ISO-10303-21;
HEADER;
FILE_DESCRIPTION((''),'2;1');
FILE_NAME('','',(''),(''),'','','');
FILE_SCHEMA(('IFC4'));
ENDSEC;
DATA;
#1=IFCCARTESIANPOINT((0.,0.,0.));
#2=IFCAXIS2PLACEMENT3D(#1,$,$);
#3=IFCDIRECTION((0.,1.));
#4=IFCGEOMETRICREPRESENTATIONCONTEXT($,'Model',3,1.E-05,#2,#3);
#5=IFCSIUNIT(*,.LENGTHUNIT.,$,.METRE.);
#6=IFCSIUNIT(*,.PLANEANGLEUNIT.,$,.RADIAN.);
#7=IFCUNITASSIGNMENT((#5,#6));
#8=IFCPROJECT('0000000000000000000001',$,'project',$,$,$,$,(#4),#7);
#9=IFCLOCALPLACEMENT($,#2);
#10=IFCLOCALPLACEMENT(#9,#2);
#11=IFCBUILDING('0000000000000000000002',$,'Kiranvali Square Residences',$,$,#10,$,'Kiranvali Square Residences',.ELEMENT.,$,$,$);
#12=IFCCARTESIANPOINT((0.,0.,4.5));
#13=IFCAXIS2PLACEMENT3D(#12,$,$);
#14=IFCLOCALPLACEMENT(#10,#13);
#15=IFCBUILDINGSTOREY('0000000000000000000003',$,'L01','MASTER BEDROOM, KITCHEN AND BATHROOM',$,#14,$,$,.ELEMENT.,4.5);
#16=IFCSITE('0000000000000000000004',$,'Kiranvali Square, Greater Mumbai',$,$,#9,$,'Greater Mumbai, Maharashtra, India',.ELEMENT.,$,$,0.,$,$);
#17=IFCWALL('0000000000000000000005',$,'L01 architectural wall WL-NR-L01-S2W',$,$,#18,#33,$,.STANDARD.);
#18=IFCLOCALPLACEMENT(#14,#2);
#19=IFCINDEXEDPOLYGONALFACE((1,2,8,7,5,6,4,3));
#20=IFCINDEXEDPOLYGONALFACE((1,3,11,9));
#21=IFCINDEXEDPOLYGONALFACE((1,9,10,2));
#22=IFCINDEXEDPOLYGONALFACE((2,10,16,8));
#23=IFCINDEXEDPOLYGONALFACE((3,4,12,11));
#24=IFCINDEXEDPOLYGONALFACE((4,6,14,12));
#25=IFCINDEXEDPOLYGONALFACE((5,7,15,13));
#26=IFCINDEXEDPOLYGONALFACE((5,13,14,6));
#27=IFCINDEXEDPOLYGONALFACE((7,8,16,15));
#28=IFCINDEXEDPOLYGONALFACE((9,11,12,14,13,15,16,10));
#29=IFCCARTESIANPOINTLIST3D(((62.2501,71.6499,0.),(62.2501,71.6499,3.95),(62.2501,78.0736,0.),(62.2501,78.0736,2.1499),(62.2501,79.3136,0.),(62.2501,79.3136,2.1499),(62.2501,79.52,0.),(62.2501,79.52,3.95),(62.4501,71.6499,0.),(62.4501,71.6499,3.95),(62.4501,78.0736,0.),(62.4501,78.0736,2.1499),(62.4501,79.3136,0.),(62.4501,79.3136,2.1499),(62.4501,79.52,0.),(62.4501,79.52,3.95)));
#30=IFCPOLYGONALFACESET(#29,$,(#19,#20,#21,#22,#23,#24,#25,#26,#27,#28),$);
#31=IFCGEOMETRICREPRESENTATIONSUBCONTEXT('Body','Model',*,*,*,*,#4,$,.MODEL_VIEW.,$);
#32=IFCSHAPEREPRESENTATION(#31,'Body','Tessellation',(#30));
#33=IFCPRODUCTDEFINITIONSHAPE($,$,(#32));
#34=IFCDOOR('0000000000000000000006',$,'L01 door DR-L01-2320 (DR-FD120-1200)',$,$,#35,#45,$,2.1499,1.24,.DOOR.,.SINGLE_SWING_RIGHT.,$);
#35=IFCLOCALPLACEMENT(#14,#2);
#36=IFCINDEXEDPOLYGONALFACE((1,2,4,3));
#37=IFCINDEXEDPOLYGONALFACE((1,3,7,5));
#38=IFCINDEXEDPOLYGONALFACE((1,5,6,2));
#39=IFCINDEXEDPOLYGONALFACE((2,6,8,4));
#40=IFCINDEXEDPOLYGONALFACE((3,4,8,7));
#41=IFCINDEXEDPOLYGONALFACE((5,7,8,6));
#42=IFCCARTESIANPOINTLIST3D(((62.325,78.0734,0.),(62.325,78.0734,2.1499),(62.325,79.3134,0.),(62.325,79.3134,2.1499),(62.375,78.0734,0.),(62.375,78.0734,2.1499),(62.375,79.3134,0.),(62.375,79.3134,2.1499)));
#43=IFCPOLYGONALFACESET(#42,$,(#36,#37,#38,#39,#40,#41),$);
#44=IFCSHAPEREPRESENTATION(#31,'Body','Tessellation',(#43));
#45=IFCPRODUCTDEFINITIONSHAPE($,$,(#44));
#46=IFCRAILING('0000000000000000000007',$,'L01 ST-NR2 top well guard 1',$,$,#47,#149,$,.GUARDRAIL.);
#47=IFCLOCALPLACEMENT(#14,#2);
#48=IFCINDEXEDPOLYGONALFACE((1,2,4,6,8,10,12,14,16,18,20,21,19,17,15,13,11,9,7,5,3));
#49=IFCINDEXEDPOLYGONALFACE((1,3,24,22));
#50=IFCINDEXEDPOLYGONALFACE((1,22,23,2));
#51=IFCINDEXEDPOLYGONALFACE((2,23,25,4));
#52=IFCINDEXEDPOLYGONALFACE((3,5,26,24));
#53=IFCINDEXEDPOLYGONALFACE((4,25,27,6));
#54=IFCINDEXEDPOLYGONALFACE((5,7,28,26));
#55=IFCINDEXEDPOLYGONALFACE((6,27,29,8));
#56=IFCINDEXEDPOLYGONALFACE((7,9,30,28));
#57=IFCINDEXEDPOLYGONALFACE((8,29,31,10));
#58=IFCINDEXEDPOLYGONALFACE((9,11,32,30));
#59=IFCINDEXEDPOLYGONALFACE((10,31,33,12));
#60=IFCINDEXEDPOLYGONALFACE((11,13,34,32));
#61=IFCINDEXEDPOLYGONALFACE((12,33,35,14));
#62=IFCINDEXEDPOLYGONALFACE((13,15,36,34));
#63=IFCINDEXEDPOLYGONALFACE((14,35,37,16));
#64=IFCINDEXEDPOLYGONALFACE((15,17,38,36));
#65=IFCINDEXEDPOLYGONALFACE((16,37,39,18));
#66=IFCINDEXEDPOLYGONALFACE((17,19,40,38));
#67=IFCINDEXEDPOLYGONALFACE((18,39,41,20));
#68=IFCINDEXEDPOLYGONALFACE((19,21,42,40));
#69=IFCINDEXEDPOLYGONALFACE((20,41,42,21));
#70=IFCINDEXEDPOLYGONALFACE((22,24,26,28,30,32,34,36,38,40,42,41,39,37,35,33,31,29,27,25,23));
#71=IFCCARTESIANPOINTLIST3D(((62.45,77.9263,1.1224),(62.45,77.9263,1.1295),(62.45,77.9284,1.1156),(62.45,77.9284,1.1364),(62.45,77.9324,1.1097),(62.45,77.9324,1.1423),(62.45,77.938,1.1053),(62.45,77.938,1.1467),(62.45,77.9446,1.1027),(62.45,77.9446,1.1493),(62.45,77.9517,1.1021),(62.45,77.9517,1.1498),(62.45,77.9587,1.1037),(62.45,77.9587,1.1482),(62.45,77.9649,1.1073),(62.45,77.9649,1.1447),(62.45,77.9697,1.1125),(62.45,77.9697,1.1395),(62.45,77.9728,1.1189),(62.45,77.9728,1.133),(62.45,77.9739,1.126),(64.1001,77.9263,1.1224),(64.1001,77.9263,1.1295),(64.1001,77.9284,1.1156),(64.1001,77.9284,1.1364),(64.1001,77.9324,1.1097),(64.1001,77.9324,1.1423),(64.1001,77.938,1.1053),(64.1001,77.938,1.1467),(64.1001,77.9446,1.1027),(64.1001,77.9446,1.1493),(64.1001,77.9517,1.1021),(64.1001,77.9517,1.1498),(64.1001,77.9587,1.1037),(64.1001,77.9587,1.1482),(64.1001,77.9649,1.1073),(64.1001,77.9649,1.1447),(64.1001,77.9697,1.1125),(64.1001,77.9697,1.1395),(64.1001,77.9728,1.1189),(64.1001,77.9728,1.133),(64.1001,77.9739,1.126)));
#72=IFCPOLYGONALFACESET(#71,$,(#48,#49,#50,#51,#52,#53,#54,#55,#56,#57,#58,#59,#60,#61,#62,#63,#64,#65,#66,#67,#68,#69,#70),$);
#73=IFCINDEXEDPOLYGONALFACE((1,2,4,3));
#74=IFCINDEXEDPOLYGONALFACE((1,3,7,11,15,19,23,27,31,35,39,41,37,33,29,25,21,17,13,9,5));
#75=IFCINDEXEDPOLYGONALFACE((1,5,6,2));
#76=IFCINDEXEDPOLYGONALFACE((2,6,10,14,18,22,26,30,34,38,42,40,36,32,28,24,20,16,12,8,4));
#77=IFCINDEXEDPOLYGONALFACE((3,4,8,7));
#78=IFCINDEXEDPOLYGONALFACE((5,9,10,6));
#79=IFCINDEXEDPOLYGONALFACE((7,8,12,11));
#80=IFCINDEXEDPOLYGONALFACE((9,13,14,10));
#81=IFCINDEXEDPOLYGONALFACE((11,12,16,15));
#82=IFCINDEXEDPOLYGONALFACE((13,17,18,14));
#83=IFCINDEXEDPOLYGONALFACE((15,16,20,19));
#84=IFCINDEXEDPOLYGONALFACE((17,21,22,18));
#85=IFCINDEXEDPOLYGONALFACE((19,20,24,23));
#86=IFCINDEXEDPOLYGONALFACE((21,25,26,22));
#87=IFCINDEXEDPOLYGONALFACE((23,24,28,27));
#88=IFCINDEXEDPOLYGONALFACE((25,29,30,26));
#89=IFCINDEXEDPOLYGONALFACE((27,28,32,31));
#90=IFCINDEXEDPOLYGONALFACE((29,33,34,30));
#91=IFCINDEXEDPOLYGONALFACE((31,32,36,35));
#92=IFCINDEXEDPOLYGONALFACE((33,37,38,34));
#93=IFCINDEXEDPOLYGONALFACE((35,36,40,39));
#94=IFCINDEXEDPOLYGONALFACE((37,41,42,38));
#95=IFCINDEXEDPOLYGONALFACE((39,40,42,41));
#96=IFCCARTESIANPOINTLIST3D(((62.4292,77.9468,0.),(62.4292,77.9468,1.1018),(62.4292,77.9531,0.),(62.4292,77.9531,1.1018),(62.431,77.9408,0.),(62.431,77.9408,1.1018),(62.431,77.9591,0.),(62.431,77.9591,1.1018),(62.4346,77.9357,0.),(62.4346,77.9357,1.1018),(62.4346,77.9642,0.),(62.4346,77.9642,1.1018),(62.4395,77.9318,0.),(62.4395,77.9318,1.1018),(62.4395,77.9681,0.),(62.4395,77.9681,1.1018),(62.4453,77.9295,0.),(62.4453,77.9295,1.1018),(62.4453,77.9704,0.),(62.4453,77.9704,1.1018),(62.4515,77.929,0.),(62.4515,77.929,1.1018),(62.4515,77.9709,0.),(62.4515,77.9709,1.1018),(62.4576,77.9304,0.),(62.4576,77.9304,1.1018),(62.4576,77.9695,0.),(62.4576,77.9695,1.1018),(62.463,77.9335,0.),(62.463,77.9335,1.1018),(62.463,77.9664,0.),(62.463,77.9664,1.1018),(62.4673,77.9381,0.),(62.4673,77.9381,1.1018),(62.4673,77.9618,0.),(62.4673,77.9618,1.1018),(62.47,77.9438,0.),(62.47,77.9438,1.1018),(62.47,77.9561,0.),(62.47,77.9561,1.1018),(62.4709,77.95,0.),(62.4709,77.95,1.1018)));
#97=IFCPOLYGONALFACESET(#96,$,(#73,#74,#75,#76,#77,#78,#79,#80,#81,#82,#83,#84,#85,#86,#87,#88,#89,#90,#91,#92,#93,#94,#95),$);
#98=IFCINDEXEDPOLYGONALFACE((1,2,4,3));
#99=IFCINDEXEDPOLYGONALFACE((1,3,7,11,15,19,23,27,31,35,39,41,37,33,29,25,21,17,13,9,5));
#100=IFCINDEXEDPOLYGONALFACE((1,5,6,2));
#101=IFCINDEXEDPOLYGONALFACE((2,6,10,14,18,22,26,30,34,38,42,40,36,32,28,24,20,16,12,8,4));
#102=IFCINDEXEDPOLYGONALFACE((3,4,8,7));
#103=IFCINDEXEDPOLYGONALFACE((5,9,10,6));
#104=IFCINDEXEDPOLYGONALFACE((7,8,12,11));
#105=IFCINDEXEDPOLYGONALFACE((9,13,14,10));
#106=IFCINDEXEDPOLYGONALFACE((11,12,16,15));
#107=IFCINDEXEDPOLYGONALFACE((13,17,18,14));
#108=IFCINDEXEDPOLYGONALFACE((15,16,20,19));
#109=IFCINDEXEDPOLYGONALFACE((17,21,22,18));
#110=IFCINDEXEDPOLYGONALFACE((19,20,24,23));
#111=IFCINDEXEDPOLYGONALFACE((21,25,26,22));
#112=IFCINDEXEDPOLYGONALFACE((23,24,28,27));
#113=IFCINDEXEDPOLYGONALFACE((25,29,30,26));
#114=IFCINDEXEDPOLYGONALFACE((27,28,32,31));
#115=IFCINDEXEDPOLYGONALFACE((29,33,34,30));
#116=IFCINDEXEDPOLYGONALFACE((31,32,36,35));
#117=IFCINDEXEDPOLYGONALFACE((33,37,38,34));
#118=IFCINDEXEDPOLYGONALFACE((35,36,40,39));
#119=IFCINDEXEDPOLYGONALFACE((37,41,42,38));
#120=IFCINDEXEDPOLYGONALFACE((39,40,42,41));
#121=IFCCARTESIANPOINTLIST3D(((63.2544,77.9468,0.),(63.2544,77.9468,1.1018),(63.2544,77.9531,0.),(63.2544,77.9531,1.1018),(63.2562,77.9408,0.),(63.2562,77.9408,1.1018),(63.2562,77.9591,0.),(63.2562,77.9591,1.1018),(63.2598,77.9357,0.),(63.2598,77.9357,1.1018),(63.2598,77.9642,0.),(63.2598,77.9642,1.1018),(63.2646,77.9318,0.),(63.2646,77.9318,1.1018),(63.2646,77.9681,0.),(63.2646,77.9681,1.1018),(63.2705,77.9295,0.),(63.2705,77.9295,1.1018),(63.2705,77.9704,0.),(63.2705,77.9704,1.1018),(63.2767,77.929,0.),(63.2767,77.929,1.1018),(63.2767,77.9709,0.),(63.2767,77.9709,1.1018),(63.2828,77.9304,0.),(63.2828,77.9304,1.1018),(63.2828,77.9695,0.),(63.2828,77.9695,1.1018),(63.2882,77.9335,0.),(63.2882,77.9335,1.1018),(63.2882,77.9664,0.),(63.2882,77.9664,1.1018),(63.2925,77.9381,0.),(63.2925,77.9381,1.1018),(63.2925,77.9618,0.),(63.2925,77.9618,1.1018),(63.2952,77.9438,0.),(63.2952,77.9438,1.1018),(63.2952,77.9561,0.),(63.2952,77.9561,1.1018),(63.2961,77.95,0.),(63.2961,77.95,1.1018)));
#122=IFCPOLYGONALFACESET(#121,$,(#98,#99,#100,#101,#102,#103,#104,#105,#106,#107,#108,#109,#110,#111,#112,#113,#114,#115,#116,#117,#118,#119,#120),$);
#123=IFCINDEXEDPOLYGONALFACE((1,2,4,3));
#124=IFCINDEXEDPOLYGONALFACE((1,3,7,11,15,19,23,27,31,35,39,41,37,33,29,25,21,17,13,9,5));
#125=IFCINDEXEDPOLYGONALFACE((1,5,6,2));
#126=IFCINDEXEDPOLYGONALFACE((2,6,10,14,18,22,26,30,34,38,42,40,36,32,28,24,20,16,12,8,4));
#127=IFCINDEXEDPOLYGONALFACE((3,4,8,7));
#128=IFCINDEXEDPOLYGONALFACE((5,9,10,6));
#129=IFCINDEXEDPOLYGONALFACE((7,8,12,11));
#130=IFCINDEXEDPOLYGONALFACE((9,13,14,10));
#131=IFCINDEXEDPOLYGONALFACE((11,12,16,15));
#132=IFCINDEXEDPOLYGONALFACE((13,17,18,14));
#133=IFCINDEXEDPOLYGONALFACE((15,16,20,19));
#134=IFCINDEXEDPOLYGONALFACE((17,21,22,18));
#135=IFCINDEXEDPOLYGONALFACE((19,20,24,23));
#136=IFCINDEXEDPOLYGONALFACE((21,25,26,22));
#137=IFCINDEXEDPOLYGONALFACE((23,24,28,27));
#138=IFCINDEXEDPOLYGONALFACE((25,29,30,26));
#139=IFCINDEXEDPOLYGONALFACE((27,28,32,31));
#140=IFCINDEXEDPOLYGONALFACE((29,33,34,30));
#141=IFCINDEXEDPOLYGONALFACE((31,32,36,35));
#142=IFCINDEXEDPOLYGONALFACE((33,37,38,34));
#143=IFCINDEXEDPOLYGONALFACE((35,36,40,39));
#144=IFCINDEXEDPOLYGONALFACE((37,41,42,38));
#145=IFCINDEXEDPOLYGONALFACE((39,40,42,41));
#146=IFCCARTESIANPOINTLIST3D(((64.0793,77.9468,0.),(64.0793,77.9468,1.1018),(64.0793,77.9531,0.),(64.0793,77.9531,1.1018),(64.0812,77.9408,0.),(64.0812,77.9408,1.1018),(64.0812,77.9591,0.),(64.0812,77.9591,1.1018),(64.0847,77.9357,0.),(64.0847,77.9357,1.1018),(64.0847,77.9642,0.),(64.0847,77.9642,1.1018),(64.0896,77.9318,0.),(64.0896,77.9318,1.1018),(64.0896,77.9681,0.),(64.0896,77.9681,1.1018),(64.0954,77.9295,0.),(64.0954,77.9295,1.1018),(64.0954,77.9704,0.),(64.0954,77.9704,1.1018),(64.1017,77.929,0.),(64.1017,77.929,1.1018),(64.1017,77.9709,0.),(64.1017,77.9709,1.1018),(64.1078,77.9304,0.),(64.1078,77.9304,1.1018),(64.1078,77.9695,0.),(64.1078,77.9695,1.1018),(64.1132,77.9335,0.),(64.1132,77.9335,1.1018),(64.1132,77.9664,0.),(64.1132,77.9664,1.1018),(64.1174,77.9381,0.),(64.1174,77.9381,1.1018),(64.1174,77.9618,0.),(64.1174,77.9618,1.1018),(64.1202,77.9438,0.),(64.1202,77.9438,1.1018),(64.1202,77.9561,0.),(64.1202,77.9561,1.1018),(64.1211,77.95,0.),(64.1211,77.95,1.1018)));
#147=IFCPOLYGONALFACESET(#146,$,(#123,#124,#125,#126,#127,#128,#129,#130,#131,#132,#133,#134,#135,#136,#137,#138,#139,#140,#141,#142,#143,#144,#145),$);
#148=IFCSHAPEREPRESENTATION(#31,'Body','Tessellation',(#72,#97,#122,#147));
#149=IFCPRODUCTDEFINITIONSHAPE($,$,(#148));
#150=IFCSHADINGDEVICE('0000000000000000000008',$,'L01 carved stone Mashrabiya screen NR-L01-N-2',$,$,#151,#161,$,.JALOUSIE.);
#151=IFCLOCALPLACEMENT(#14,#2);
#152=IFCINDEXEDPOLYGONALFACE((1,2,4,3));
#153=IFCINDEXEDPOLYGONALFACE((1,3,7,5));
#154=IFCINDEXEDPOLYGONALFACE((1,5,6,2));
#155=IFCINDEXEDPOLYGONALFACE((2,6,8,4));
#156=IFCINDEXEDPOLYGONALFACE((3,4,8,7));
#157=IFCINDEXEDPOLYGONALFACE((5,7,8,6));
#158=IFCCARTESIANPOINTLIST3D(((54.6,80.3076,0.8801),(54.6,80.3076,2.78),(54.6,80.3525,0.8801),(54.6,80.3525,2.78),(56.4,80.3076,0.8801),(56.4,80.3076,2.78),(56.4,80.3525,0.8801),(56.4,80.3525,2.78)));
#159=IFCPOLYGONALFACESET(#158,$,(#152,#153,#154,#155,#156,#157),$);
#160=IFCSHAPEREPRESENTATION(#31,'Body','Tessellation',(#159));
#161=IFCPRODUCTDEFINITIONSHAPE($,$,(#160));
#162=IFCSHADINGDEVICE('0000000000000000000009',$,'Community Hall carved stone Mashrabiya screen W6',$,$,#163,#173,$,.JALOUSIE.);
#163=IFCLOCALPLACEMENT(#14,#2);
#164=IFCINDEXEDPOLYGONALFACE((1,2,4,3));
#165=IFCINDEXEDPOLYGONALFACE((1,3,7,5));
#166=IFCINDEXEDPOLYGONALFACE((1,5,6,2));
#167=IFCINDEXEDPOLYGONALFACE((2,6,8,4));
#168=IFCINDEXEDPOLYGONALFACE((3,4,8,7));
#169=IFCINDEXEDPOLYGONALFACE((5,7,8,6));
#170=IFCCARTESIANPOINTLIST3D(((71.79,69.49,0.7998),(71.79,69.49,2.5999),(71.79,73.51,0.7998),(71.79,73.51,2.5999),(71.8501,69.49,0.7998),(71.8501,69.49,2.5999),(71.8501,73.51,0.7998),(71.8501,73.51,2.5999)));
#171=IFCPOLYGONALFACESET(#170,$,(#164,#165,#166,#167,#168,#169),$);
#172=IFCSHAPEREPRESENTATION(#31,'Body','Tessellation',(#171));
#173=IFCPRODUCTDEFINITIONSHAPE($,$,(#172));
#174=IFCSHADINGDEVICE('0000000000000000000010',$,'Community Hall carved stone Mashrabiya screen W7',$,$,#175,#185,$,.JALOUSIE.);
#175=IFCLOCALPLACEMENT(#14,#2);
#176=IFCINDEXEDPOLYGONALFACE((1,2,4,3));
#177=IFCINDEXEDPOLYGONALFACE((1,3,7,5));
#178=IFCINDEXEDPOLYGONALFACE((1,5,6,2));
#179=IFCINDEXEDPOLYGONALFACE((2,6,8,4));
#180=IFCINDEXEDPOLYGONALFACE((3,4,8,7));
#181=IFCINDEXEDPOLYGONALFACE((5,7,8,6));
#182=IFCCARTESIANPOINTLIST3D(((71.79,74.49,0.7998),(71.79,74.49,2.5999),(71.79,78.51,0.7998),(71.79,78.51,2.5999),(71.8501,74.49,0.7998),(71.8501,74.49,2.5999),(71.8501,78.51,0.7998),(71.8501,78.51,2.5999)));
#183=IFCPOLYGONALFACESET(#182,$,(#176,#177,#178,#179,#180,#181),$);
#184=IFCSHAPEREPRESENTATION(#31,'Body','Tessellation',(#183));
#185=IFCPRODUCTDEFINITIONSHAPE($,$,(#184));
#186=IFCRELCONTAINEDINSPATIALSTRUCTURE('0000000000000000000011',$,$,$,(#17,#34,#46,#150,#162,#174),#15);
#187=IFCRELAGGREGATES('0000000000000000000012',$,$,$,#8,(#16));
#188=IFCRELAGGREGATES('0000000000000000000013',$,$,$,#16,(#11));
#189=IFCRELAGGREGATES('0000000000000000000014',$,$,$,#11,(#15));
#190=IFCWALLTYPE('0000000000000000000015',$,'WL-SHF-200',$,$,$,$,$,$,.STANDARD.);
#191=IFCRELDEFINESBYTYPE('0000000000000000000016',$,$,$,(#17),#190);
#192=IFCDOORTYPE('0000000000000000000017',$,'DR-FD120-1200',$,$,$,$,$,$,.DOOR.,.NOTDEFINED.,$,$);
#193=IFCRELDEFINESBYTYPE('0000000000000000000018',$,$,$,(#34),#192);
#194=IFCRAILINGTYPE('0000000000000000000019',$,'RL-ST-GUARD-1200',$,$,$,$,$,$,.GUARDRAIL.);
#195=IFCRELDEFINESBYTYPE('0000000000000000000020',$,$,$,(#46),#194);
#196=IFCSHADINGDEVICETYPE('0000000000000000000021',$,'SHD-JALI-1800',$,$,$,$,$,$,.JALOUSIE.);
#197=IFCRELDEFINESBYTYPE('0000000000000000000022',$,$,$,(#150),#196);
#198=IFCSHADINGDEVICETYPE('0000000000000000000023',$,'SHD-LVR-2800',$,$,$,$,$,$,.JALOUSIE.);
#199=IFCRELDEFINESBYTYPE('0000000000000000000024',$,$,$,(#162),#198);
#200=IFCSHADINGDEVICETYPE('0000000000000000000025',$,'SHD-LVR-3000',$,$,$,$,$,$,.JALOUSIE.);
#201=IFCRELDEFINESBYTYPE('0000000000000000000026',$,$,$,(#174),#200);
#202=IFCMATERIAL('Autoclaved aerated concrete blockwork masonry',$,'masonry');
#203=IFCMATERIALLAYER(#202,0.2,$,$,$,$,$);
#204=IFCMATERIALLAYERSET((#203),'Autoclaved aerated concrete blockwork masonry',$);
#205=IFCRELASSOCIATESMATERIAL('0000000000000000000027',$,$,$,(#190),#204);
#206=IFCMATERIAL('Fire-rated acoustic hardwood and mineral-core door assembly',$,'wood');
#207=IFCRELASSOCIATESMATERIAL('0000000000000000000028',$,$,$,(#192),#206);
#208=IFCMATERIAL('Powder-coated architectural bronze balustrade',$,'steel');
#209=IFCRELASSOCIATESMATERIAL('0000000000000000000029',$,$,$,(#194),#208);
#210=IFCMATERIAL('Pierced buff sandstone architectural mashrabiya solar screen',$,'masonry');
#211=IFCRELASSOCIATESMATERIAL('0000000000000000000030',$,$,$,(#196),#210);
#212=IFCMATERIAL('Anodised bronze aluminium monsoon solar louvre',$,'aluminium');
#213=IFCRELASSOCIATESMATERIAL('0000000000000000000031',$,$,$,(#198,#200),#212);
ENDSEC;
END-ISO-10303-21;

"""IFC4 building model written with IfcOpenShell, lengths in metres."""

from ifc_helpers import new_model, si_unit, direction, frame, frame_2d, origin, origin_2d, place, context, subcontext, project, spatial, rectangle, circle, extrude, material, layer, layer_set, type_object, element, fill, save


model = new_model("IFC4")

# Units and contexts
model_context = context("Model", 3, precision=1e-05, world=origin(), true_north=direction((0.0, 1.0)))
body_context = subcontext(model_context, "Body", "Model", "MODEL_VIEW")
ifc_project = project(units=[si_unit("LENGTHUNIT", "METRE"), si_unit("PLANEANGLEUNIT", "RADIAN")], contexts=[model_context])

# Site, building, storey
site_placement = place(None, origin())
site = spatial("IfcSite", under=ifc_project, at=site_placement, Name="Kiranvali Square, Greater Mumbai", LongName="Greater Mumbai, Maharashtra, India", CompositionType="ELEMENT", RefElevation=0.0)
building_placement = place(site_placement, origin())
building = spatial("IfcBuilding", under=site, at=building_placement, Name="Kiranvali Square Residences", LongName="Kiranvali Square Residences", CompositionType="ELEMENT")
storey_placement = place(building_placement, frame((0.0, 0.0, 4.5)))
storey = spatial("IfcBuildingStorey", under=building, at=storey_placement, Name="L01", Description="MASTER BEDROOM, KITCHEN AND BATHROOM", CompositionType="ELEMENT", Elevation=4.5)

# Shared definitions
ifc_material_1 = material(Name="Autoclaved aerated concrete blockwork masonry", Category="masonry")
ifc_material_2 = material(Name="Fire-rated acoustic hardwood and mineral-core door assembly", Category="wood")

# Shared definitions
ifc_layer_1 = layer(ifc_material_1, 0.2)
ifc_layer_set_1 = layer_set([ifc_layer_1], Name="Autoclaved aerated concrete blockwork masonry")
wall_type_1 = type_object("IfcWallType", Name="WL-SHF-200", PredefinedType="STANDARD", material=ifc_layer_set_1)

# Wall, opening, door
wall_1_placement = place(storey_placement, frame((62.3501, 71.6499, 0.0), z_axis=(0.0, 0.0, 1.0), x_axis=(0.0, 1.0, 0.0)))
wall_1 = element("IfcWall", 1, at=wall_1_placement, inside=storey, type_object=wall_type_1, Name="L01 architectural wall WL-NR-L01-S2W", PredefinedType="STANDARD", context=body_context, shape_type="SweptSolid", body=[
    extrude(rectangle(XDim=7.8701, YDim=0.2, at=frame_2d((3.9351, 0.0))), origin(), (0.0, 0.0, 1.0), 3.95),
])
opening_1_placement = place(wall_1_placement, frame((6.4236, 0.0, 0.0)))
opening_1 = element("IfcOpeningElement", 2, at=opening_1_placement, cuts=wall_1, PredefinedType="OPENING", context=body_context, shape_type="SweptSolid", body=[
    extrude(rectangle(XDim=1.24, YDim=2.1499, at=frame_2d((0.6201, 1.075))), frame((0.0, 0.1099, 0.0), z_axis=(0.0, -1.0, 0.0), x_axis=(1.0, 0.0, 0.0)), (0.0, 0.0, 1.0), 0.22),
])
door_type_1 = type_object("IfcDoorType", Name="DR-FD120-1200", OperationType="NOTDEFINED", PredefinedType="DOOR", material=ifc_material_2)
door_1_placement = place(opening_1_placement, frame((1.24, 0.0, 0.0), z_axis=(0.0, 0.0, 1.0), x_axis=(-1.0, 0.0, 0.0)))
door_1 = element("IfcDoor", 3, at=door_1_placement, inside=storey, type_object=door_type_1, Name="L01 door DR-L01-2320 (DR-FD120-1200)", OperationType="SINGLE_SWING_RIGHT", OverallHeight=2.1499, OverallWidth=1.24, PredefinedType="DOOR", context=body_context, shape_type="SweptSolid", body=[
    extrude(rectangle(XDim=1.24, YDim=2.1499, at=frame_2d((0.6201, 1.075))), frame((0.0, 0.0249, 0.0), z_axis=(0.0, -1.0, 0.0), x_axis=(1.0, 0.0, 0.0)), (0.0, 0.0, 1.0), 0.05),
])
fill(opening_1, door_1)

# Railing
ifc_material_3 = material(Name="Powder-coated architectural bronze balustrade", Category="steel")
railing_type = type_object("IfcRailingType", Name="RL-ST-GUARD-1200", PredefinedType="GUARDRAIL", material=ifc_material_3)
railing_placement = place(storey_placement, frame((62.45, 77.95, 0.0)))
element("IfcRailing", 4, at=railing_placement, inside=storey, type_object=railing_type, Name="L01 ST-NR2 top well guard 1", PredefinedType="GUARDRAIL", context=body_context, shape_type="SweptSolid", body=[
    extrude(circle(Radius=0.0239, at=origin_2d()), frame((0.0, 0.0, 1.126), z_axis=(1.0, 0.0, 0.0), x_axis=(0.0, 1.0, 0.0)), (0.0, 0.0, 1.0), 1.6501),
    extrude(circle(Radius=0.021, at=origin_2d()), origin(), (0.0, 0.0, 1.0), 1.1018),
    extrude(circle(Radius=0.021, at=origin_2d()), frame((0.8252, 0.0, 0.0)), (0.0, 0.0, 1.0), 1.1018),
    extrude(circle(Radius=0.021, at=origin_2d()), frame((1.6501, 0.0, 0.0)), (0.0, 0.0, 1.0), 1.1018),
])

# Shading devices
ifc_material_4 = material(Name="Pierced buff sandstone architectural mashrabiya solar screen", Category="masonry")
shading_device_type_1 = type_object("IfcShadingDeviceType", Name="SHD-JALI-1800", PredefinedType="JALOUSIE", material=ifc_material_4)
shading_device_1_placement = place(storey_placement, frame((55.5, 80.3301, 0.8801), z_axis=(0.0, 0.0, 1.0), x_axis=(1.0, 0.0, 0.0)))
element("IfcShadingDevice", 5, at=shading_device_1_placement, inside=storey, type_object=shading_device_type_1, Name="L01 carved stone Mashrabiya screen NR-L01-N-2", PredefinedType="JALOUSIE", context=body_context, shape_type="SweptSolid", body=[
    extrude(rectangle(XDim=1.8, YDim=0.0449, at=origin_2d()), origin(), (0.0, 0.0, 1.0), 1.8999),
])
ifc_material_5 = material(Name="Anodised bronze aluminium monsoon solar louvre", Category="aluminium")
shading_device_type_2 = type_object("IfcShadingDeviceType", Name="SHD-LVR-2800", PredefinedType="JALOUSIE", material=ifc_material_5)
shading_device_2_placement = place(storey_placement, frame((71.8201, 71.5, 0.7998), z_axis=(0.0, 0.0, 1.0), x_axis=(1.0, 0.0, 0.0)))
element("IfcShadingDevice", 6, at=shading_device_2_placement, inside=storey, type_object=shading_device_type_2, Name="Community Hall carved stone Mashrabiya screen W6", PredefinedType="JALOUSIE", context=body_context, shape_type="SweptSolid", body=[
    extrude(rectangle(XDim=0.0601, YDim=4.02, at=origin_2d()), origin(), (0.0, 0.0, 1.0), 1.8),
])
shading_device_type_3 = type_object("IfcShadingDeviceType", Name="SHD-LVR-3000", PredefinedType="JALOUSIE", material=ifc_material_5)
shading_device_3_placement = place(storey_placement, frame((71.8201, 76.5, 0.7998), z_axis=(0.0, 0.0, 1.0), x_axis=(1.0, 0.0, 0.0)))
element("IfcShadingDevice", 7, at=shading_device_3_placement, inside=storey, type_object=shading_device_type_3, Name="Community Hall carved stone Mashrabiya screen W7", PredefinedType="JALOUSIE", context=body_context, shape_type="SweptSolid", body=[
    extrude(rectangle(XDim=0.0601, YDim=4.02, at=origin_2d()), origin(), (0.0, 0.0, 1.0), 1.8),
])

save(model, "model.ifc")
